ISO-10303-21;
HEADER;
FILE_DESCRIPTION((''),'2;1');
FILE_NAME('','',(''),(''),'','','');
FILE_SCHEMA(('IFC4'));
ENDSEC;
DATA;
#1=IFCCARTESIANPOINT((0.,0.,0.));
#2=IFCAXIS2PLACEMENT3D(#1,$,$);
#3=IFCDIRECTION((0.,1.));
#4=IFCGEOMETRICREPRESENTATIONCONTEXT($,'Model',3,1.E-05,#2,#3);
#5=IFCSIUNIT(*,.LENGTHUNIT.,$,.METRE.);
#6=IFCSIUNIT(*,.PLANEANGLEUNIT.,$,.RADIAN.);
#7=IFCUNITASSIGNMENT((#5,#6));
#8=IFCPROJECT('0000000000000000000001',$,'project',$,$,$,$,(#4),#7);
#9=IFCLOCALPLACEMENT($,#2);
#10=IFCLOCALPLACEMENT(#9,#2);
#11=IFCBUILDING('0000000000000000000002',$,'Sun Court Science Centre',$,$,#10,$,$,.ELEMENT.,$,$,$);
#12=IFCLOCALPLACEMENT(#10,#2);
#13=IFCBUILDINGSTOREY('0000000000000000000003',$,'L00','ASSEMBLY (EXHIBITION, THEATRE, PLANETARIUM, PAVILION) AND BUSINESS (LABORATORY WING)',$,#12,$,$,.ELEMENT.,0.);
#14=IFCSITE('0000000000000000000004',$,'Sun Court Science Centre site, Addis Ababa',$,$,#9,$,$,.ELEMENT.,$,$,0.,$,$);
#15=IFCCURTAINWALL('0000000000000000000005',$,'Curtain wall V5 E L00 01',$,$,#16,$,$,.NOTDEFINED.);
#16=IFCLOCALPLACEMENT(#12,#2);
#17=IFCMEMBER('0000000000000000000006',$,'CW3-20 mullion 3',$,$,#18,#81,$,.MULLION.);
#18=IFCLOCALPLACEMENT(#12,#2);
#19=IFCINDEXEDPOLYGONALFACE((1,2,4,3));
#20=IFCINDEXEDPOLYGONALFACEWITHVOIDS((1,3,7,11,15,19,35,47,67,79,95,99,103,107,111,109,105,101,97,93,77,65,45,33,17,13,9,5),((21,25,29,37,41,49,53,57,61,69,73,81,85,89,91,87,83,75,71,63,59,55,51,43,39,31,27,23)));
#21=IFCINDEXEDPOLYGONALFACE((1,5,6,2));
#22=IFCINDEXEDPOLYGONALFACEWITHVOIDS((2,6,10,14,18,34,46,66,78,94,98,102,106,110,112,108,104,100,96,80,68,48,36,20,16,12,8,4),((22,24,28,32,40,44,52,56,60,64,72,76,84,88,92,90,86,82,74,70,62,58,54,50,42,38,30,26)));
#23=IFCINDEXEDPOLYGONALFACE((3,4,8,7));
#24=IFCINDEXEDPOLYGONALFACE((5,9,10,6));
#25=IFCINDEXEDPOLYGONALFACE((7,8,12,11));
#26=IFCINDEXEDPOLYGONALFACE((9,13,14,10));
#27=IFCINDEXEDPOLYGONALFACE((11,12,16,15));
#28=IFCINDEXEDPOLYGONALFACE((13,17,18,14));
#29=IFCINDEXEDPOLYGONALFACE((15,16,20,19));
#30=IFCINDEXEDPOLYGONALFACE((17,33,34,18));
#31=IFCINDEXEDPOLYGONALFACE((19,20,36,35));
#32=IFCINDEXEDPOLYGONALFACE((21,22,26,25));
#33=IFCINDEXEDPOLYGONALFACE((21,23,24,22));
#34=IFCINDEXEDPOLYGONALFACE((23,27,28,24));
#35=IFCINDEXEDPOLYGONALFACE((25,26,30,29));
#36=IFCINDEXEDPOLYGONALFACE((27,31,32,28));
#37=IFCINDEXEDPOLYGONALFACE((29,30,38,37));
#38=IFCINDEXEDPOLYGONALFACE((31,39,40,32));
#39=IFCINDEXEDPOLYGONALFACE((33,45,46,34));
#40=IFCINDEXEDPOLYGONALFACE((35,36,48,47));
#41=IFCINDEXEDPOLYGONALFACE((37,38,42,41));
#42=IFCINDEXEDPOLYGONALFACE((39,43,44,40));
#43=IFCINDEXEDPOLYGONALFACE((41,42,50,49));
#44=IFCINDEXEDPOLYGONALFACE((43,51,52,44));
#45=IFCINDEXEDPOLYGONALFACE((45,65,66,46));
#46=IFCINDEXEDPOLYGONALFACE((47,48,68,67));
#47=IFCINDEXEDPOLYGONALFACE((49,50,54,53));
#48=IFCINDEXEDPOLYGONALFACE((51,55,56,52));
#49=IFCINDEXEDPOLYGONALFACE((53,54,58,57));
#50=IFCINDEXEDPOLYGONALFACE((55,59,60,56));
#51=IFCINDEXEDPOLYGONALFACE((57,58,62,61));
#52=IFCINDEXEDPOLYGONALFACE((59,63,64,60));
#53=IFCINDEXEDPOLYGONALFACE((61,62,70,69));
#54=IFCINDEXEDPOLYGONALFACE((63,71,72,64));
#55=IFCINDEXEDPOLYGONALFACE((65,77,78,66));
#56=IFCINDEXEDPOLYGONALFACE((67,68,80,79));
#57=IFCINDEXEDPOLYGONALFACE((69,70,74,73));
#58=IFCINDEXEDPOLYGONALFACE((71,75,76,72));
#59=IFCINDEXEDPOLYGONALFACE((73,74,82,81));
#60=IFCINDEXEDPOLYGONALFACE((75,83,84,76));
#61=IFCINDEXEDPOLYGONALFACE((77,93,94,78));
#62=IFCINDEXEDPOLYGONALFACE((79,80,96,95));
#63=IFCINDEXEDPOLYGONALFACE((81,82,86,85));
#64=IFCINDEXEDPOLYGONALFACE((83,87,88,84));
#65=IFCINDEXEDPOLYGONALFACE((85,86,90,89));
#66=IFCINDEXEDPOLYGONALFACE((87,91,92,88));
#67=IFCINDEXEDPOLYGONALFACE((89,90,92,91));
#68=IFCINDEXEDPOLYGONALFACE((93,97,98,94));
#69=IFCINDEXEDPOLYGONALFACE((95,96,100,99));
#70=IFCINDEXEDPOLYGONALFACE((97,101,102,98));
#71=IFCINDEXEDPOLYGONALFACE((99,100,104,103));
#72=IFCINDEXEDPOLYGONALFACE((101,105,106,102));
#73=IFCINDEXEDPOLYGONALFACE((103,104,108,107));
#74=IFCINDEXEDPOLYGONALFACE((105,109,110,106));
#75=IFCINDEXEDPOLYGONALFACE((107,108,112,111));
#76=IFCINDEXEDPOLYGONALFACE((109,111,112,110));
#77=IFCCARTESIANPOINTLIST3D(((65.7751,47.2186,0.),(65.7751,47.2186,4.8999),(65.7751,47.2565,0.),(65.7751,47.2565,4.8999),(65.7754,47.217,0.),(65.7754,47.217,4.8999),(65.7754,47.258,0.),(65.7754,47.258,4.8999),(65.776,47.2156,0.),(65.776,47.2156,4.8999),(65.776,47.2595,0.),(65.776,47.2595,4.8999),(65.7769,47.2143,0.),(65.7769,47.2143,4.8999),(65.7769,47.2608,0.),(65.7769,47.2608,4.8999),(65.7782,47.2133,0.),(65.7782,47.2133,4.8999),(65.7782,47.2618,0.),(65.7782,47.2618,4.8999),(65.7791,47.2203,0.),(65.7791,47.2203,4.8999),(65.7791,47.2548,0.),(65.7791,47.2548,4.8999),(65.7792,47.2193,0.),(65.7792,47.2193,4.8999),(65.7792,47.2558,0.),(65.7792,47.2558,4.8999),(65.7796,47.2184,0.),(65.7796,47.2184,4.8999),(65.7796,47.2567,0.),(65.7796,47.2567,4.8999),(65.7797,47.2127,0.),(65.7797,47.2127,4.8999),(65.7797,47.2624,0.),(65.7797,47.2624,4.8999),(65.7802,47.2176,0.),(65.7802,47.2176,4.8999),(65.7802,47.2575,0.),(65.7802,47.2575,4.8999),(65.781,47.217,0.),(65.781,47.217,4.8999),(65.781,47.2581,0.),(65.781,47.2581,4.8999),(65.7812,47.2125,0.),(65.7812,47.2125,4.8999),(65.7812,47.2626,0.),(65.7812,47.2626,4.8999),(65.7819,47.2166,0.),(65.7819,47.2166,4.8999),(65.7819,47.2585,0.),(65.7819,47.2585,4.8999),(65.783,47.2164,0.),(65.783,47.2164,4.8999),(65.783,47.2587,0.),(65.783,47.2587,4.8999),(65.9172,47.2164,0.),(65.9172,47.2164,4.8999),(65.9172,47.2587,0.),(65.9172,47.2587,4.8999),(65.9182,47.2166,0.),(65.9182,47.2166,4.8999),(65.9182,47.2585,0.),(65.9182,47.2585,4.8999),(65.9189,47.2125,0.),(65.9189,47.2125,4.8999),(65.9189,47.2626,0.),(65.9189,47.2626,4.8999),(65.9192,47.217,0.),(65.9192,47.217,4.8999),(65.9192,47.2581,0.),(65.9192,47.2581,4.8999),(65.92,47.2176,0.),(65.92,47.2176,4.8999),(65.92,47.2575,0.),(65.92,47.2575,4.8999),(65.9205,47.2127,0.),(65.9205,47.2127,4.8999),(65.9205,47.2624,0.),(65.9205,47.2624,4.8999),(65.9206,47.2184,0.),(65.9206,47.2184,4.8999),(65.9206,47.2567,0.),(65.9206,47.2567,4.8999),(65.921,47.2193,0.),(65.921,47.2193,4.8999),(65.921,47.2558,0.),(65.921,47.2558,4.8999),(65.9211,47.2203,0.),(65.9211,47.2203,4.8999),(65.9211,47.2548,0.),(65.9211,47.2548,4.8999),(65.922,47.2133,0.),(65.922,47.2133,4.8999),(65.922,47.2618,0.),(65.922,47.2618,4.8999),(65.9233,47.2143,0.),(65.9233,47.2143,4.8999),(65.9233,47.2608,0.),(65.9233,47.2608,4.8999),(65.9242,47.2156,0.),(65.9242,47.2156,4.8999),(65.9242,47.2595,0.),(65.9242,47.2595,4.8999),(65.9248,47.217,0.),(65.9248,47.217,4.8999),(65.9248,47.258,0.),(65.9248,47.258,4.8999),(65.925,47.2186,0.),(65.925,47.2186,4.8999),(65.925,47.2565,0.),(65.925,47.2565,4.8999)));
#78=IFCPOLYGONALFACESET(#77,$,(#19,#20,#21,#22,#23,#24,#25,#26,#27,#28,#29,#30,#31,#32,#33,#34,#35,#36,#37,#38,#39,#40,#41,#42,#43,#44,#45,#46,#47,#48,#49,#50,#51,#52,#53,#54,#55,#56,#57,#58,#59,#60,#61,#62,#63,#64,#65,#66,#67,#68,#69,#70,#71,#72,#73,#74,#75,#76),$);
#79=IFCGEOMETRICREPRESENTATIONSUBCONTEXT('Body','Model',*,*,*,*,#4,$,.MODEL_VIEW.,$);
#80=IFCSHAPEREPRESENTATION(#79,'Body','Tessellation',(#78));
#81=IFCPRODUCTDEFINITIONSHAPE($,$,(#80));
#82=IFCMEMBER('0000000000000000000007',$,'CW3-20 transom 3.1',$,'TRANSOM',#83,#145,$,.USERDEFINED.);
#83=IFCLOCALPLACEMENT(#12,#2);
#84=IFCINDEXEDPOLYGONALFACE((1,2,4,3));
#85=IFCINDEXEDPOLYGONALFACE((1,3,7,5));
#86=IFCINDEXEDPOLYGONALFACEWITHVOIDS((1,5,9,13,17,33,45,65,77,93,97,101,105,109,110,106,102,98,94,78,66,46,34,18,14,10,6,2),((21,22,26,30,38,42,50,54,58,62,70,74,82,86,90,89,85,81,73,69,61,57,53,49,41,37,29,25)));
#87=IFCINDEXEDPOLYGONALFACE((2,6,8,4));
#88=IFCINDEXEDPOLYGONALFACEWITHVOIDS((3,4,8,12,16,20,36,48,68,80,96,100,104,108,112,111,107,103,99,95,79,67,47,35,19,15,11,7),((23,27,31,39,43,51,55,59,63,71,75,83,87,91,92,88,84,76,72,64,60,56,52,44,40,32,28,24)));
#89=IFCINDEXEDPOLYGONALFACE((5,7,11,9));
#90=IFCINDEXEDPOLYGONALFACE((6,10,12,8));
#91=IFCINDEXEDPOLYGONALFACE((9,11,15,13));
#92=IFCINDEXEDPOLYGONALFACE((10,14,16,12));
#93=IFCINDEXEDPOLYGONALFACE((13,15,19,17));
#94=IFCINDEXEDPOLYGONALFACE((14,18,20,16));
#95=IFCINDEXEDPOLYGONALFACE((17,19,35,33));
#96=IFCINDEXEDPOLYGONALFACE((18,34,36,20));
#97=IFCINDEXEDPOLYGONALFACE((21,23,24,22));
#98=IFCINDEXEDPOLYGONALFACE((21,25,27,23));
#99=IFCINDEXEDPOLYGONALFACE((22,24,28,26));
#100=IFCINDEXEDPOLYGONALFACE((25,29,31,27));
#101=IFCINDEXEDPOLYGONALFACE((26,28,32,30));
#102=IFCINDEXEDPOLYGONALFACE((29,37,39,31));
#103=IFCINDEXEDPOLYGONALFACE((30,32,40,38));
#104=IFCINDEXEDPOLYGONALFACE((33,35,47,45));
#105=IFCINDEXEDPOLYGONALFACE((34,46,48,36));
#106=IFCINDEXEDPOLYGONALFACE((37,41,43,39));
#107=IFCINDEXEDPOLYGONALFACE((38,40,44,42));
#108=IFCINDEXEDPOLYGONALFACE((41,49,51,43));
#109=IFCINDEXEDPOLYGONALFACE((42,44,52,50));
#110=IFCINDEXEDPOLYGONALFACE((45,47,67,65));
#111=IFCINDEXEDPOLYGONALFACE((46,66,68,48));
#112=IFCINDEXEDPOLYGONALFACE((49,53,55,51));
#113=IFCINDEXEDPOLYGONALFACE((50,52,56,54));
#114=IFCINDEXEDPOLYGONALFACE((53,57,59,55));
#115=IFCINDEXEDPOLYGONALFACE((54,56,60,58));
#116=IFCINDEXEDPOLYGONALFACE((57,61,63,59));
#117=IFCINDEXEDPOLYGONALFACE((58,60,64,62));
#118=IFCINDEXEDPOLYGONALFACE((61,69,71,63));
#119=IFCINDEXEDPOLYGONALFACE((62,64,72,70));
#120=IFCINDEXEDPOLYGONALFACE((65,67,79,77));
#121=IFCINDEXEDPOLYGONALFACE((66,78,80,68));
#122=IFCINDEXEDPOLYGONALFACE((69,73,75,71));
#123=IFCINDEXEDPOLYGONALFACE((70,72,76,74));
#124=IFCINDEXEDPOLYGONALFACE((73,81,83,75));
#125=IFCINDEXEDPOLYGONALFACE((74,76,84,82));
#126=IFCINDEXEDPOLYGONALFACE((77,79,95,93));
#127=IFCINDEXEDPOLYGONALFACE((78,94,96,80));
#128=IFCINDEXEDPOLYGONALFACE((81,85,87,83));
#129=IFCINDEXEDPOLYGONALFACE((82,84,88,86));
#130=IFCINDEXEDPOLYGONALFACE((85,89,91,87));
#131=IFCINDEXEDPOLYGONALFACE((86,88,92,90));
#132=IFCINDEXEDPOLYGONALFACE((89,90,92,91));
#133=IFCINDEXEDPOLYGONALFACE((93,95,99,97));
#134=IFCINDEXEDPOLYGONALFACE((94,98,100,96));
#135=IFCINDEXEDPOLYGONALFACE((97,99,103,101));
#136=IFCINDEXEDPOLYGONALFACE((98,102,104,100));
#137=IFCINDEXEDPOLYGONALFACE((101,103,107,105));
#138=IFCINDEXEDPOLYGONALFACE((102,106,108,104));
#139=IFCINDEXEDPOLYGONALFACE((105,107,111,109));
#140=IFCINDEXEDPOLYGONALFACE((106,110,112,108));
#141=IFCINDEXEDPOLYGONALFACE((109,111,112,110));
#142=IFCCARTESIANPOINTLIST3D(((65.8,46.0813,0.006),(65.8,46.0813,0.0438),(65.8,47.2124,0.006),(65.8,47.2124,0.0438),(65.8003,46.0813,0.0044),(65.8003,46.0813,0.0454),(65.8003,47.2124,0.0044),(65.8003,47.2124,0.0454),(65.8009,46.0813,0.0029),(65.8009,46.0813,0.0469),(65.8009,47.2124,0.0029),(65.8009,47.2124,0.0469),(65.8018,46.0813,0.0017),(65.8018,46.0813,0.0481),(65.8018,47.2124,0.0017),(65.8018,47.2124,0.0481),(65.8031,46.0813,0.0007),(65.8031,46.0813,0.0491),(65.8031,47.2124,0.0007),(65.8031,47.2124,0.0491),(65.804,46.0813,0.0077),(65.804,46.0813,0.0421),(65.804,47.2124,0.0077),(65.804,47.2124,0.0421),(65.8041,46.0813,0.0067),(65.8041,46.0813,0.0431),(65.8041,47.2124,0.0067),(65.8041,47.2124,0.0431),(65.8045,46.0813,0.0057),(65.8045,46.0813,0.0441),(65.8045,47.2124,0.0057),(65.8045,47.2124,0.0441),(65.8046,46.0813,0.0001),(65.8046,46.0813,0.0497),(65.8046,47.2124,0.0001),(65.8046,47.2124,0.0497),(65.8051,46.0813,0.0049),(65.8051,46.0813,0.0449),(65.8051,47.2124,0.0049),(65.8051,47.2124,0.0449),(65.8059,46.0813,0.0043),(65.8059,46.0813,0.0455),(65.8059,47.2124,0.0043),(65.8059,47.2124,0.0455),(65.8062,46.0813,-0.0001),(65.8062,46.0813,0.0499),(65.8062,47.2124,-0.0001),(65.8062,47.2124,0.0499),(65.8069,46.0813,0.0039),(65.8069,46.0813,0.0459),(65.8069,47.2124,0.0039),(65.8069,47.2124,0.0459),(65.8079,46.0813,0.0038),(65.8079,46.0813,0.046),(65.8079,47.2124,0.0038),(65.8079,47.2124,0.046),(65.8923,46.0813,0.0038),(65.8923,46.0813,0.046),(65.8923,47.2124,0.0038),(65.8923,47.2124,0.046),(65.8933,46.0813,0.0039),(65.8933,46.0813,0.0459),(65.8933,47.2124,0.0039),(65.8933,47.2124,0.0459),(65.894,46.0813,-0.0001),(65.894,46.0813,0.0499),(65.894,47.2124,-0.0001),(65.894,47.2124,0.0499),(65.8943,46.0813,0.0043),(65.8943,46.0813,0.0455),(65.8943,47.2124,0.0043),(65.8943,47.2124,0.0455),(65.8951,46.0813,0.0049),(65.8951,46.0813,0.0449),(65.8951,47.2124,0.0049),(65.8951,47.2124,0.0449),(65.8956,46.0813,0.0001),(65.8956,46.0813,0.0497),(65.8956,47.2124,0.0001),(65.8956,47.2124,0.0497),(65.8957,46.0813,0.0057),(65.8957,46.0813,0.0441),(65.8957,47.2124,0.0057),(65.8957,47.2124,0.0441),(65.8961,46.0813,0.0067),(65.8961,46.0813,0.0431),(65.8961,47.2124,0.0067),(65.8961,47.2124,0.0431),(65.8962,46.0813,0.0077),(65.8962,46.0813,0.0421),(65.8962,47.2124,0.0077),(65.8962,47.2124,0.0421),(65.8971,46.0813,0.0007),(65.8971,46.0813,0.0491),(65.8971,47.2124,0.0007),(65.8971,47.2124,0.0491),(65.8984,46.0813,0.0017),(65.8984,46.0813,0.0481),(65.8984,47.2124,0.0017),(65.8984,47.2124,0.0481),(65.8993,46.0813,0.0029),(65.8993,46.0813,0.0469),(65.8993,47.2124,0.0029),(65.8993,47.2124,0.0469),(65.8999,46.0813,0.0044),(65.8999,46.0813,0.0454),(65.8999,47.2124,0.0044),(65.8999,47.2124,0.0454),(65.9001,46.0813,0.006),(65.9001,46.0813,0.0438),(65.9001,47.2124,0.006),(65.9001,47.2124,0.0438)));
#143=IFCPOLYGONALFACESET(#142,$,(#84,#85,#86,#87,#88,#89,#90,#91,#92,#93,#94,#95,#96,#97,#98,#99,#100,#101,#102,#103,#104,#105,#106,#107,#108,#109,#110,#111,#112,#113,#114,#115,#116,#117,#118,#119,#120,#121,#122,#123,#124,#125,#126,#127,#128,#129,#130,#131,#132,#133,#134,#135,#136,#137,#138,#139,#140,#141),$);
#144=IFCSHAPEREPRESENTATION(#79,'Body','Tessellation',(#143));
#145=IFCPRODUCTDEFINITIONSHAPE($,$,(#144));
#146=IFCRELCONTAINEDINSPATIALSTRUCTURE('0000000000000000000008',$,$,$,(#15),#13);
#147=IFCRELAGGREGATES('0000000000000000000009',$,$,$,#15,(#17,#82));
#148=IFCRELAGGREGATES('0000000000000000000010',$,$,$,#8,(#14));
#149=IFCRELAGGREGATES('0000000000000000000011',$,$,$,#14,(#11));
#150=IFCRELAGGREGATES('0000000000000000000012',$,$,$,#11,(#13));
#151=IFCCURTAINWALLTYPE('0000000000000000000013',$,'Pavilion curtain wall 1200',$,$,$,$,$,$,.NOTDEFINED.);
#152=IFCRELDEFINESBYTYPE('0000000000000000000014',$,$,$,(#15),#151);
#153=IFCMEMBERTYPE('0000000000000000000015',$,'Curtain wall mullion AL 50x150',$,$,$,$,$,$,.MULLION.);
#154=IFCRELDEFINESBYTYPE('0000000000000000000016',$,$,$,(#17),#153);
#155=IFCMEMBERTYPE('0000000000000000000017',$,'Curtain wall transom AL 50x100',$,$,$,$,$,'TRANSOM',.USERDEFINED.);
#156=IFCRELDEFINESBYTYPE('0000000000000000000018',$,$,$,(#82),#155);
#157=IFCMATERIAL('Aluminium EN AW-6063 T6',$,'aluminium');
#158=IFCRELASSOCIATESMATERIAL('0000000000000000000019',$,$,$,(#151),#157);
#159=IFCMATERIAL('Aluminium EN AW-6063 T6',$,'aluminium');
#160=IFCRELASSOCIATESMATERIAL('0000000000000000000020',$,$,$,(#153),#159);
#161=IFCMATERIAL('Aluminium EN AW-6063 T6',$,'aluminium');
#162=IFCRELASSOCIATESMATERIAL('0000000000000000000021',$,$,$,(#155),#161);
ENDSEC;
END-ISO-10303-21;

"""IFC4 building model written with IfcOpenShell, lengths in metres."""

from ifc_helpers import new_model, si_unit, direction, frame, origin, origin_2d, place, context, subcontext, project, spatial, hollow_rectangle, extrude, material, material_profile, profile_set, type_object, element, aggregate, save


model = new_model("IFC4")

# Units and contexts
model_context = context("Model", 3, precision=1e-05, world=origin(), true_north=direction((0.0, 1.0)))
body_context = subcontext(model_context, "Body", "Model", "MODEL_VIEW")
ifc_project = project(units=[si_unit("LENGTHUNIT", "METRE"), si_unit("PLANEANGLEUNIT", "RADIAN")], contexts=[model_context])

# Site, building, storey
site_placement = place(None, origin())
site = spatial("IfcSite", under=ifc_project, at=site_placement, Name="Sun Court Science Centre site, Addis Ababa", CompositionType="ELEMENT", RefElevation=0.0)
building_placement = place(site_placement, origin())
building = spatial("IfcBuilding", under=site, at=building_placement, Name="Sun Court Science Centre", CompositionType="ELEMENT")
storey_placement = place(building_placement, origin())
storey = spatial("IfcBuildingStorey", under=building, at=storey_placement, Name="L00", Description="ASSEMBLY (EXHIBITION, THEATRE, PLANETARIUM, PAVILION) AND BUSINESS (LABORATORY WING)", CompositionType="ELEMENT", Elevation=0.0)

# Shared definitions
ifc_material_1 = material(Name="Aluminium EN AW-6063 T6", Category="aluminium")
curtain_wall_type = type_object("IfcCurtainWallType", Name="Pavilion curtain wall 1200", PredefinedType="NOTDEFINED", material=ifc_material_1)
ifc_material_2 = material(Name="Aluminium EN AW-6063 T6", Category="aluminium")
ifc_material_profile_1 = material_profile(ifc_material_2, hollow_rectangle(XDim=0.05, YDim=0.1499, WallThickness=0.0039, InnerFilletRadius=0.0039, OuterFilletRadius=0.0061, at=origin_2d()), Name="AL 50x150x4")
ifc_profile_set_1 = profile_set([ifc_material_profile_1], Name="Aluminium EN AW-6063 T6")
member_type_1 = type_object("IfcMemberType", Name="Curtain wall mullion AL 50x150", PredefinedType="MULLION", material=ifc_profile_set_1)

# Curtain wall, members
curtain_wall_1_placement = place(storey_placement, origin())
curtain_wall_1 = element("IfcCurtainWall", 1, at=curtain_wall_1_placement, inside=storey, type_object=curtain_wall_type, Name="Curtain wall V5 E L00 01", PredefinedType="NOTDEFINED")
member_1_placement = place(storey_placement, frame((65.8501, 47.2375, 0.0), z_axis=(0.0, 0.0, 1.0), x_axis=(0.0, -1.0, 0.0)))
member_1 = element("IfcMember", 2, at=member_1_placement, type_object=member_type_1, Name="CW3-20 mullion 3", PredefinedType="MULLION", context=body_context, shape_type="SweptSolid", body=[
    extrude(hollow_rectangle(XDim=0.05, YDim=0.1499, WallThickness=0.0039, InnerFilletRadius=0.0039, OuterFilletRadius=0.0061, at=origin_2d()), origin(), (0.0, 0.0, 1.0), 4.8999),
])
ifc_material_3 = material(Name="Aluminium EN AW-6063 T6", Category="aluminium")
ifc_material_profile_2 = material_profile(ifc_material_3, hollow_rectangle(XDim=0.05, YDim=0.1001, WallThickness=0.0039, InnerFilletRadius=0.0039, OuterFilletRadius=0.0061, at=origin_2d()), Name="AL 50x100x4")
ifc_profile_set_2 = profile_set([ifc_material_profile_2], Name="Aluminium EN AW-6063 T6")
member_type_2 = type_object("IfcMemberType", Name="Curtain wall transom AL 50x100", ElementType="TRANSOM", PredefinedType="USERDEFINED", material=ifc_profile_set_2)
member_2_placement = place(storey_placement, frame((65.8501, 47.2124, 0.0249), z_axis=(0.0, -1.0, 0.0), x_axis=(0.0, 0.0, 1.0)))
member_2 = element("IfcMember", 3, at=member_2_placement, type_object=member_type_2, Name="CW3-20 transom 3.1", ObjectType="TRANSOM", PredefinedType="USERDEFINED", context=body_context, shape_type="SweptSolid", body=[
    extrude(hollow_rectangle(XDim=0.05, YDim=0.1001, WallThickness=0.0039, InnerFilletRadius=0.0039, OuterFilletRadius=0.0061, at=origin_2d()), origin(), (0.0, 0.0, 1.0), 1.1311),
])
aggregate(curtain_wall_1, [member_1, member_2])

save(model, "model.ifc")
